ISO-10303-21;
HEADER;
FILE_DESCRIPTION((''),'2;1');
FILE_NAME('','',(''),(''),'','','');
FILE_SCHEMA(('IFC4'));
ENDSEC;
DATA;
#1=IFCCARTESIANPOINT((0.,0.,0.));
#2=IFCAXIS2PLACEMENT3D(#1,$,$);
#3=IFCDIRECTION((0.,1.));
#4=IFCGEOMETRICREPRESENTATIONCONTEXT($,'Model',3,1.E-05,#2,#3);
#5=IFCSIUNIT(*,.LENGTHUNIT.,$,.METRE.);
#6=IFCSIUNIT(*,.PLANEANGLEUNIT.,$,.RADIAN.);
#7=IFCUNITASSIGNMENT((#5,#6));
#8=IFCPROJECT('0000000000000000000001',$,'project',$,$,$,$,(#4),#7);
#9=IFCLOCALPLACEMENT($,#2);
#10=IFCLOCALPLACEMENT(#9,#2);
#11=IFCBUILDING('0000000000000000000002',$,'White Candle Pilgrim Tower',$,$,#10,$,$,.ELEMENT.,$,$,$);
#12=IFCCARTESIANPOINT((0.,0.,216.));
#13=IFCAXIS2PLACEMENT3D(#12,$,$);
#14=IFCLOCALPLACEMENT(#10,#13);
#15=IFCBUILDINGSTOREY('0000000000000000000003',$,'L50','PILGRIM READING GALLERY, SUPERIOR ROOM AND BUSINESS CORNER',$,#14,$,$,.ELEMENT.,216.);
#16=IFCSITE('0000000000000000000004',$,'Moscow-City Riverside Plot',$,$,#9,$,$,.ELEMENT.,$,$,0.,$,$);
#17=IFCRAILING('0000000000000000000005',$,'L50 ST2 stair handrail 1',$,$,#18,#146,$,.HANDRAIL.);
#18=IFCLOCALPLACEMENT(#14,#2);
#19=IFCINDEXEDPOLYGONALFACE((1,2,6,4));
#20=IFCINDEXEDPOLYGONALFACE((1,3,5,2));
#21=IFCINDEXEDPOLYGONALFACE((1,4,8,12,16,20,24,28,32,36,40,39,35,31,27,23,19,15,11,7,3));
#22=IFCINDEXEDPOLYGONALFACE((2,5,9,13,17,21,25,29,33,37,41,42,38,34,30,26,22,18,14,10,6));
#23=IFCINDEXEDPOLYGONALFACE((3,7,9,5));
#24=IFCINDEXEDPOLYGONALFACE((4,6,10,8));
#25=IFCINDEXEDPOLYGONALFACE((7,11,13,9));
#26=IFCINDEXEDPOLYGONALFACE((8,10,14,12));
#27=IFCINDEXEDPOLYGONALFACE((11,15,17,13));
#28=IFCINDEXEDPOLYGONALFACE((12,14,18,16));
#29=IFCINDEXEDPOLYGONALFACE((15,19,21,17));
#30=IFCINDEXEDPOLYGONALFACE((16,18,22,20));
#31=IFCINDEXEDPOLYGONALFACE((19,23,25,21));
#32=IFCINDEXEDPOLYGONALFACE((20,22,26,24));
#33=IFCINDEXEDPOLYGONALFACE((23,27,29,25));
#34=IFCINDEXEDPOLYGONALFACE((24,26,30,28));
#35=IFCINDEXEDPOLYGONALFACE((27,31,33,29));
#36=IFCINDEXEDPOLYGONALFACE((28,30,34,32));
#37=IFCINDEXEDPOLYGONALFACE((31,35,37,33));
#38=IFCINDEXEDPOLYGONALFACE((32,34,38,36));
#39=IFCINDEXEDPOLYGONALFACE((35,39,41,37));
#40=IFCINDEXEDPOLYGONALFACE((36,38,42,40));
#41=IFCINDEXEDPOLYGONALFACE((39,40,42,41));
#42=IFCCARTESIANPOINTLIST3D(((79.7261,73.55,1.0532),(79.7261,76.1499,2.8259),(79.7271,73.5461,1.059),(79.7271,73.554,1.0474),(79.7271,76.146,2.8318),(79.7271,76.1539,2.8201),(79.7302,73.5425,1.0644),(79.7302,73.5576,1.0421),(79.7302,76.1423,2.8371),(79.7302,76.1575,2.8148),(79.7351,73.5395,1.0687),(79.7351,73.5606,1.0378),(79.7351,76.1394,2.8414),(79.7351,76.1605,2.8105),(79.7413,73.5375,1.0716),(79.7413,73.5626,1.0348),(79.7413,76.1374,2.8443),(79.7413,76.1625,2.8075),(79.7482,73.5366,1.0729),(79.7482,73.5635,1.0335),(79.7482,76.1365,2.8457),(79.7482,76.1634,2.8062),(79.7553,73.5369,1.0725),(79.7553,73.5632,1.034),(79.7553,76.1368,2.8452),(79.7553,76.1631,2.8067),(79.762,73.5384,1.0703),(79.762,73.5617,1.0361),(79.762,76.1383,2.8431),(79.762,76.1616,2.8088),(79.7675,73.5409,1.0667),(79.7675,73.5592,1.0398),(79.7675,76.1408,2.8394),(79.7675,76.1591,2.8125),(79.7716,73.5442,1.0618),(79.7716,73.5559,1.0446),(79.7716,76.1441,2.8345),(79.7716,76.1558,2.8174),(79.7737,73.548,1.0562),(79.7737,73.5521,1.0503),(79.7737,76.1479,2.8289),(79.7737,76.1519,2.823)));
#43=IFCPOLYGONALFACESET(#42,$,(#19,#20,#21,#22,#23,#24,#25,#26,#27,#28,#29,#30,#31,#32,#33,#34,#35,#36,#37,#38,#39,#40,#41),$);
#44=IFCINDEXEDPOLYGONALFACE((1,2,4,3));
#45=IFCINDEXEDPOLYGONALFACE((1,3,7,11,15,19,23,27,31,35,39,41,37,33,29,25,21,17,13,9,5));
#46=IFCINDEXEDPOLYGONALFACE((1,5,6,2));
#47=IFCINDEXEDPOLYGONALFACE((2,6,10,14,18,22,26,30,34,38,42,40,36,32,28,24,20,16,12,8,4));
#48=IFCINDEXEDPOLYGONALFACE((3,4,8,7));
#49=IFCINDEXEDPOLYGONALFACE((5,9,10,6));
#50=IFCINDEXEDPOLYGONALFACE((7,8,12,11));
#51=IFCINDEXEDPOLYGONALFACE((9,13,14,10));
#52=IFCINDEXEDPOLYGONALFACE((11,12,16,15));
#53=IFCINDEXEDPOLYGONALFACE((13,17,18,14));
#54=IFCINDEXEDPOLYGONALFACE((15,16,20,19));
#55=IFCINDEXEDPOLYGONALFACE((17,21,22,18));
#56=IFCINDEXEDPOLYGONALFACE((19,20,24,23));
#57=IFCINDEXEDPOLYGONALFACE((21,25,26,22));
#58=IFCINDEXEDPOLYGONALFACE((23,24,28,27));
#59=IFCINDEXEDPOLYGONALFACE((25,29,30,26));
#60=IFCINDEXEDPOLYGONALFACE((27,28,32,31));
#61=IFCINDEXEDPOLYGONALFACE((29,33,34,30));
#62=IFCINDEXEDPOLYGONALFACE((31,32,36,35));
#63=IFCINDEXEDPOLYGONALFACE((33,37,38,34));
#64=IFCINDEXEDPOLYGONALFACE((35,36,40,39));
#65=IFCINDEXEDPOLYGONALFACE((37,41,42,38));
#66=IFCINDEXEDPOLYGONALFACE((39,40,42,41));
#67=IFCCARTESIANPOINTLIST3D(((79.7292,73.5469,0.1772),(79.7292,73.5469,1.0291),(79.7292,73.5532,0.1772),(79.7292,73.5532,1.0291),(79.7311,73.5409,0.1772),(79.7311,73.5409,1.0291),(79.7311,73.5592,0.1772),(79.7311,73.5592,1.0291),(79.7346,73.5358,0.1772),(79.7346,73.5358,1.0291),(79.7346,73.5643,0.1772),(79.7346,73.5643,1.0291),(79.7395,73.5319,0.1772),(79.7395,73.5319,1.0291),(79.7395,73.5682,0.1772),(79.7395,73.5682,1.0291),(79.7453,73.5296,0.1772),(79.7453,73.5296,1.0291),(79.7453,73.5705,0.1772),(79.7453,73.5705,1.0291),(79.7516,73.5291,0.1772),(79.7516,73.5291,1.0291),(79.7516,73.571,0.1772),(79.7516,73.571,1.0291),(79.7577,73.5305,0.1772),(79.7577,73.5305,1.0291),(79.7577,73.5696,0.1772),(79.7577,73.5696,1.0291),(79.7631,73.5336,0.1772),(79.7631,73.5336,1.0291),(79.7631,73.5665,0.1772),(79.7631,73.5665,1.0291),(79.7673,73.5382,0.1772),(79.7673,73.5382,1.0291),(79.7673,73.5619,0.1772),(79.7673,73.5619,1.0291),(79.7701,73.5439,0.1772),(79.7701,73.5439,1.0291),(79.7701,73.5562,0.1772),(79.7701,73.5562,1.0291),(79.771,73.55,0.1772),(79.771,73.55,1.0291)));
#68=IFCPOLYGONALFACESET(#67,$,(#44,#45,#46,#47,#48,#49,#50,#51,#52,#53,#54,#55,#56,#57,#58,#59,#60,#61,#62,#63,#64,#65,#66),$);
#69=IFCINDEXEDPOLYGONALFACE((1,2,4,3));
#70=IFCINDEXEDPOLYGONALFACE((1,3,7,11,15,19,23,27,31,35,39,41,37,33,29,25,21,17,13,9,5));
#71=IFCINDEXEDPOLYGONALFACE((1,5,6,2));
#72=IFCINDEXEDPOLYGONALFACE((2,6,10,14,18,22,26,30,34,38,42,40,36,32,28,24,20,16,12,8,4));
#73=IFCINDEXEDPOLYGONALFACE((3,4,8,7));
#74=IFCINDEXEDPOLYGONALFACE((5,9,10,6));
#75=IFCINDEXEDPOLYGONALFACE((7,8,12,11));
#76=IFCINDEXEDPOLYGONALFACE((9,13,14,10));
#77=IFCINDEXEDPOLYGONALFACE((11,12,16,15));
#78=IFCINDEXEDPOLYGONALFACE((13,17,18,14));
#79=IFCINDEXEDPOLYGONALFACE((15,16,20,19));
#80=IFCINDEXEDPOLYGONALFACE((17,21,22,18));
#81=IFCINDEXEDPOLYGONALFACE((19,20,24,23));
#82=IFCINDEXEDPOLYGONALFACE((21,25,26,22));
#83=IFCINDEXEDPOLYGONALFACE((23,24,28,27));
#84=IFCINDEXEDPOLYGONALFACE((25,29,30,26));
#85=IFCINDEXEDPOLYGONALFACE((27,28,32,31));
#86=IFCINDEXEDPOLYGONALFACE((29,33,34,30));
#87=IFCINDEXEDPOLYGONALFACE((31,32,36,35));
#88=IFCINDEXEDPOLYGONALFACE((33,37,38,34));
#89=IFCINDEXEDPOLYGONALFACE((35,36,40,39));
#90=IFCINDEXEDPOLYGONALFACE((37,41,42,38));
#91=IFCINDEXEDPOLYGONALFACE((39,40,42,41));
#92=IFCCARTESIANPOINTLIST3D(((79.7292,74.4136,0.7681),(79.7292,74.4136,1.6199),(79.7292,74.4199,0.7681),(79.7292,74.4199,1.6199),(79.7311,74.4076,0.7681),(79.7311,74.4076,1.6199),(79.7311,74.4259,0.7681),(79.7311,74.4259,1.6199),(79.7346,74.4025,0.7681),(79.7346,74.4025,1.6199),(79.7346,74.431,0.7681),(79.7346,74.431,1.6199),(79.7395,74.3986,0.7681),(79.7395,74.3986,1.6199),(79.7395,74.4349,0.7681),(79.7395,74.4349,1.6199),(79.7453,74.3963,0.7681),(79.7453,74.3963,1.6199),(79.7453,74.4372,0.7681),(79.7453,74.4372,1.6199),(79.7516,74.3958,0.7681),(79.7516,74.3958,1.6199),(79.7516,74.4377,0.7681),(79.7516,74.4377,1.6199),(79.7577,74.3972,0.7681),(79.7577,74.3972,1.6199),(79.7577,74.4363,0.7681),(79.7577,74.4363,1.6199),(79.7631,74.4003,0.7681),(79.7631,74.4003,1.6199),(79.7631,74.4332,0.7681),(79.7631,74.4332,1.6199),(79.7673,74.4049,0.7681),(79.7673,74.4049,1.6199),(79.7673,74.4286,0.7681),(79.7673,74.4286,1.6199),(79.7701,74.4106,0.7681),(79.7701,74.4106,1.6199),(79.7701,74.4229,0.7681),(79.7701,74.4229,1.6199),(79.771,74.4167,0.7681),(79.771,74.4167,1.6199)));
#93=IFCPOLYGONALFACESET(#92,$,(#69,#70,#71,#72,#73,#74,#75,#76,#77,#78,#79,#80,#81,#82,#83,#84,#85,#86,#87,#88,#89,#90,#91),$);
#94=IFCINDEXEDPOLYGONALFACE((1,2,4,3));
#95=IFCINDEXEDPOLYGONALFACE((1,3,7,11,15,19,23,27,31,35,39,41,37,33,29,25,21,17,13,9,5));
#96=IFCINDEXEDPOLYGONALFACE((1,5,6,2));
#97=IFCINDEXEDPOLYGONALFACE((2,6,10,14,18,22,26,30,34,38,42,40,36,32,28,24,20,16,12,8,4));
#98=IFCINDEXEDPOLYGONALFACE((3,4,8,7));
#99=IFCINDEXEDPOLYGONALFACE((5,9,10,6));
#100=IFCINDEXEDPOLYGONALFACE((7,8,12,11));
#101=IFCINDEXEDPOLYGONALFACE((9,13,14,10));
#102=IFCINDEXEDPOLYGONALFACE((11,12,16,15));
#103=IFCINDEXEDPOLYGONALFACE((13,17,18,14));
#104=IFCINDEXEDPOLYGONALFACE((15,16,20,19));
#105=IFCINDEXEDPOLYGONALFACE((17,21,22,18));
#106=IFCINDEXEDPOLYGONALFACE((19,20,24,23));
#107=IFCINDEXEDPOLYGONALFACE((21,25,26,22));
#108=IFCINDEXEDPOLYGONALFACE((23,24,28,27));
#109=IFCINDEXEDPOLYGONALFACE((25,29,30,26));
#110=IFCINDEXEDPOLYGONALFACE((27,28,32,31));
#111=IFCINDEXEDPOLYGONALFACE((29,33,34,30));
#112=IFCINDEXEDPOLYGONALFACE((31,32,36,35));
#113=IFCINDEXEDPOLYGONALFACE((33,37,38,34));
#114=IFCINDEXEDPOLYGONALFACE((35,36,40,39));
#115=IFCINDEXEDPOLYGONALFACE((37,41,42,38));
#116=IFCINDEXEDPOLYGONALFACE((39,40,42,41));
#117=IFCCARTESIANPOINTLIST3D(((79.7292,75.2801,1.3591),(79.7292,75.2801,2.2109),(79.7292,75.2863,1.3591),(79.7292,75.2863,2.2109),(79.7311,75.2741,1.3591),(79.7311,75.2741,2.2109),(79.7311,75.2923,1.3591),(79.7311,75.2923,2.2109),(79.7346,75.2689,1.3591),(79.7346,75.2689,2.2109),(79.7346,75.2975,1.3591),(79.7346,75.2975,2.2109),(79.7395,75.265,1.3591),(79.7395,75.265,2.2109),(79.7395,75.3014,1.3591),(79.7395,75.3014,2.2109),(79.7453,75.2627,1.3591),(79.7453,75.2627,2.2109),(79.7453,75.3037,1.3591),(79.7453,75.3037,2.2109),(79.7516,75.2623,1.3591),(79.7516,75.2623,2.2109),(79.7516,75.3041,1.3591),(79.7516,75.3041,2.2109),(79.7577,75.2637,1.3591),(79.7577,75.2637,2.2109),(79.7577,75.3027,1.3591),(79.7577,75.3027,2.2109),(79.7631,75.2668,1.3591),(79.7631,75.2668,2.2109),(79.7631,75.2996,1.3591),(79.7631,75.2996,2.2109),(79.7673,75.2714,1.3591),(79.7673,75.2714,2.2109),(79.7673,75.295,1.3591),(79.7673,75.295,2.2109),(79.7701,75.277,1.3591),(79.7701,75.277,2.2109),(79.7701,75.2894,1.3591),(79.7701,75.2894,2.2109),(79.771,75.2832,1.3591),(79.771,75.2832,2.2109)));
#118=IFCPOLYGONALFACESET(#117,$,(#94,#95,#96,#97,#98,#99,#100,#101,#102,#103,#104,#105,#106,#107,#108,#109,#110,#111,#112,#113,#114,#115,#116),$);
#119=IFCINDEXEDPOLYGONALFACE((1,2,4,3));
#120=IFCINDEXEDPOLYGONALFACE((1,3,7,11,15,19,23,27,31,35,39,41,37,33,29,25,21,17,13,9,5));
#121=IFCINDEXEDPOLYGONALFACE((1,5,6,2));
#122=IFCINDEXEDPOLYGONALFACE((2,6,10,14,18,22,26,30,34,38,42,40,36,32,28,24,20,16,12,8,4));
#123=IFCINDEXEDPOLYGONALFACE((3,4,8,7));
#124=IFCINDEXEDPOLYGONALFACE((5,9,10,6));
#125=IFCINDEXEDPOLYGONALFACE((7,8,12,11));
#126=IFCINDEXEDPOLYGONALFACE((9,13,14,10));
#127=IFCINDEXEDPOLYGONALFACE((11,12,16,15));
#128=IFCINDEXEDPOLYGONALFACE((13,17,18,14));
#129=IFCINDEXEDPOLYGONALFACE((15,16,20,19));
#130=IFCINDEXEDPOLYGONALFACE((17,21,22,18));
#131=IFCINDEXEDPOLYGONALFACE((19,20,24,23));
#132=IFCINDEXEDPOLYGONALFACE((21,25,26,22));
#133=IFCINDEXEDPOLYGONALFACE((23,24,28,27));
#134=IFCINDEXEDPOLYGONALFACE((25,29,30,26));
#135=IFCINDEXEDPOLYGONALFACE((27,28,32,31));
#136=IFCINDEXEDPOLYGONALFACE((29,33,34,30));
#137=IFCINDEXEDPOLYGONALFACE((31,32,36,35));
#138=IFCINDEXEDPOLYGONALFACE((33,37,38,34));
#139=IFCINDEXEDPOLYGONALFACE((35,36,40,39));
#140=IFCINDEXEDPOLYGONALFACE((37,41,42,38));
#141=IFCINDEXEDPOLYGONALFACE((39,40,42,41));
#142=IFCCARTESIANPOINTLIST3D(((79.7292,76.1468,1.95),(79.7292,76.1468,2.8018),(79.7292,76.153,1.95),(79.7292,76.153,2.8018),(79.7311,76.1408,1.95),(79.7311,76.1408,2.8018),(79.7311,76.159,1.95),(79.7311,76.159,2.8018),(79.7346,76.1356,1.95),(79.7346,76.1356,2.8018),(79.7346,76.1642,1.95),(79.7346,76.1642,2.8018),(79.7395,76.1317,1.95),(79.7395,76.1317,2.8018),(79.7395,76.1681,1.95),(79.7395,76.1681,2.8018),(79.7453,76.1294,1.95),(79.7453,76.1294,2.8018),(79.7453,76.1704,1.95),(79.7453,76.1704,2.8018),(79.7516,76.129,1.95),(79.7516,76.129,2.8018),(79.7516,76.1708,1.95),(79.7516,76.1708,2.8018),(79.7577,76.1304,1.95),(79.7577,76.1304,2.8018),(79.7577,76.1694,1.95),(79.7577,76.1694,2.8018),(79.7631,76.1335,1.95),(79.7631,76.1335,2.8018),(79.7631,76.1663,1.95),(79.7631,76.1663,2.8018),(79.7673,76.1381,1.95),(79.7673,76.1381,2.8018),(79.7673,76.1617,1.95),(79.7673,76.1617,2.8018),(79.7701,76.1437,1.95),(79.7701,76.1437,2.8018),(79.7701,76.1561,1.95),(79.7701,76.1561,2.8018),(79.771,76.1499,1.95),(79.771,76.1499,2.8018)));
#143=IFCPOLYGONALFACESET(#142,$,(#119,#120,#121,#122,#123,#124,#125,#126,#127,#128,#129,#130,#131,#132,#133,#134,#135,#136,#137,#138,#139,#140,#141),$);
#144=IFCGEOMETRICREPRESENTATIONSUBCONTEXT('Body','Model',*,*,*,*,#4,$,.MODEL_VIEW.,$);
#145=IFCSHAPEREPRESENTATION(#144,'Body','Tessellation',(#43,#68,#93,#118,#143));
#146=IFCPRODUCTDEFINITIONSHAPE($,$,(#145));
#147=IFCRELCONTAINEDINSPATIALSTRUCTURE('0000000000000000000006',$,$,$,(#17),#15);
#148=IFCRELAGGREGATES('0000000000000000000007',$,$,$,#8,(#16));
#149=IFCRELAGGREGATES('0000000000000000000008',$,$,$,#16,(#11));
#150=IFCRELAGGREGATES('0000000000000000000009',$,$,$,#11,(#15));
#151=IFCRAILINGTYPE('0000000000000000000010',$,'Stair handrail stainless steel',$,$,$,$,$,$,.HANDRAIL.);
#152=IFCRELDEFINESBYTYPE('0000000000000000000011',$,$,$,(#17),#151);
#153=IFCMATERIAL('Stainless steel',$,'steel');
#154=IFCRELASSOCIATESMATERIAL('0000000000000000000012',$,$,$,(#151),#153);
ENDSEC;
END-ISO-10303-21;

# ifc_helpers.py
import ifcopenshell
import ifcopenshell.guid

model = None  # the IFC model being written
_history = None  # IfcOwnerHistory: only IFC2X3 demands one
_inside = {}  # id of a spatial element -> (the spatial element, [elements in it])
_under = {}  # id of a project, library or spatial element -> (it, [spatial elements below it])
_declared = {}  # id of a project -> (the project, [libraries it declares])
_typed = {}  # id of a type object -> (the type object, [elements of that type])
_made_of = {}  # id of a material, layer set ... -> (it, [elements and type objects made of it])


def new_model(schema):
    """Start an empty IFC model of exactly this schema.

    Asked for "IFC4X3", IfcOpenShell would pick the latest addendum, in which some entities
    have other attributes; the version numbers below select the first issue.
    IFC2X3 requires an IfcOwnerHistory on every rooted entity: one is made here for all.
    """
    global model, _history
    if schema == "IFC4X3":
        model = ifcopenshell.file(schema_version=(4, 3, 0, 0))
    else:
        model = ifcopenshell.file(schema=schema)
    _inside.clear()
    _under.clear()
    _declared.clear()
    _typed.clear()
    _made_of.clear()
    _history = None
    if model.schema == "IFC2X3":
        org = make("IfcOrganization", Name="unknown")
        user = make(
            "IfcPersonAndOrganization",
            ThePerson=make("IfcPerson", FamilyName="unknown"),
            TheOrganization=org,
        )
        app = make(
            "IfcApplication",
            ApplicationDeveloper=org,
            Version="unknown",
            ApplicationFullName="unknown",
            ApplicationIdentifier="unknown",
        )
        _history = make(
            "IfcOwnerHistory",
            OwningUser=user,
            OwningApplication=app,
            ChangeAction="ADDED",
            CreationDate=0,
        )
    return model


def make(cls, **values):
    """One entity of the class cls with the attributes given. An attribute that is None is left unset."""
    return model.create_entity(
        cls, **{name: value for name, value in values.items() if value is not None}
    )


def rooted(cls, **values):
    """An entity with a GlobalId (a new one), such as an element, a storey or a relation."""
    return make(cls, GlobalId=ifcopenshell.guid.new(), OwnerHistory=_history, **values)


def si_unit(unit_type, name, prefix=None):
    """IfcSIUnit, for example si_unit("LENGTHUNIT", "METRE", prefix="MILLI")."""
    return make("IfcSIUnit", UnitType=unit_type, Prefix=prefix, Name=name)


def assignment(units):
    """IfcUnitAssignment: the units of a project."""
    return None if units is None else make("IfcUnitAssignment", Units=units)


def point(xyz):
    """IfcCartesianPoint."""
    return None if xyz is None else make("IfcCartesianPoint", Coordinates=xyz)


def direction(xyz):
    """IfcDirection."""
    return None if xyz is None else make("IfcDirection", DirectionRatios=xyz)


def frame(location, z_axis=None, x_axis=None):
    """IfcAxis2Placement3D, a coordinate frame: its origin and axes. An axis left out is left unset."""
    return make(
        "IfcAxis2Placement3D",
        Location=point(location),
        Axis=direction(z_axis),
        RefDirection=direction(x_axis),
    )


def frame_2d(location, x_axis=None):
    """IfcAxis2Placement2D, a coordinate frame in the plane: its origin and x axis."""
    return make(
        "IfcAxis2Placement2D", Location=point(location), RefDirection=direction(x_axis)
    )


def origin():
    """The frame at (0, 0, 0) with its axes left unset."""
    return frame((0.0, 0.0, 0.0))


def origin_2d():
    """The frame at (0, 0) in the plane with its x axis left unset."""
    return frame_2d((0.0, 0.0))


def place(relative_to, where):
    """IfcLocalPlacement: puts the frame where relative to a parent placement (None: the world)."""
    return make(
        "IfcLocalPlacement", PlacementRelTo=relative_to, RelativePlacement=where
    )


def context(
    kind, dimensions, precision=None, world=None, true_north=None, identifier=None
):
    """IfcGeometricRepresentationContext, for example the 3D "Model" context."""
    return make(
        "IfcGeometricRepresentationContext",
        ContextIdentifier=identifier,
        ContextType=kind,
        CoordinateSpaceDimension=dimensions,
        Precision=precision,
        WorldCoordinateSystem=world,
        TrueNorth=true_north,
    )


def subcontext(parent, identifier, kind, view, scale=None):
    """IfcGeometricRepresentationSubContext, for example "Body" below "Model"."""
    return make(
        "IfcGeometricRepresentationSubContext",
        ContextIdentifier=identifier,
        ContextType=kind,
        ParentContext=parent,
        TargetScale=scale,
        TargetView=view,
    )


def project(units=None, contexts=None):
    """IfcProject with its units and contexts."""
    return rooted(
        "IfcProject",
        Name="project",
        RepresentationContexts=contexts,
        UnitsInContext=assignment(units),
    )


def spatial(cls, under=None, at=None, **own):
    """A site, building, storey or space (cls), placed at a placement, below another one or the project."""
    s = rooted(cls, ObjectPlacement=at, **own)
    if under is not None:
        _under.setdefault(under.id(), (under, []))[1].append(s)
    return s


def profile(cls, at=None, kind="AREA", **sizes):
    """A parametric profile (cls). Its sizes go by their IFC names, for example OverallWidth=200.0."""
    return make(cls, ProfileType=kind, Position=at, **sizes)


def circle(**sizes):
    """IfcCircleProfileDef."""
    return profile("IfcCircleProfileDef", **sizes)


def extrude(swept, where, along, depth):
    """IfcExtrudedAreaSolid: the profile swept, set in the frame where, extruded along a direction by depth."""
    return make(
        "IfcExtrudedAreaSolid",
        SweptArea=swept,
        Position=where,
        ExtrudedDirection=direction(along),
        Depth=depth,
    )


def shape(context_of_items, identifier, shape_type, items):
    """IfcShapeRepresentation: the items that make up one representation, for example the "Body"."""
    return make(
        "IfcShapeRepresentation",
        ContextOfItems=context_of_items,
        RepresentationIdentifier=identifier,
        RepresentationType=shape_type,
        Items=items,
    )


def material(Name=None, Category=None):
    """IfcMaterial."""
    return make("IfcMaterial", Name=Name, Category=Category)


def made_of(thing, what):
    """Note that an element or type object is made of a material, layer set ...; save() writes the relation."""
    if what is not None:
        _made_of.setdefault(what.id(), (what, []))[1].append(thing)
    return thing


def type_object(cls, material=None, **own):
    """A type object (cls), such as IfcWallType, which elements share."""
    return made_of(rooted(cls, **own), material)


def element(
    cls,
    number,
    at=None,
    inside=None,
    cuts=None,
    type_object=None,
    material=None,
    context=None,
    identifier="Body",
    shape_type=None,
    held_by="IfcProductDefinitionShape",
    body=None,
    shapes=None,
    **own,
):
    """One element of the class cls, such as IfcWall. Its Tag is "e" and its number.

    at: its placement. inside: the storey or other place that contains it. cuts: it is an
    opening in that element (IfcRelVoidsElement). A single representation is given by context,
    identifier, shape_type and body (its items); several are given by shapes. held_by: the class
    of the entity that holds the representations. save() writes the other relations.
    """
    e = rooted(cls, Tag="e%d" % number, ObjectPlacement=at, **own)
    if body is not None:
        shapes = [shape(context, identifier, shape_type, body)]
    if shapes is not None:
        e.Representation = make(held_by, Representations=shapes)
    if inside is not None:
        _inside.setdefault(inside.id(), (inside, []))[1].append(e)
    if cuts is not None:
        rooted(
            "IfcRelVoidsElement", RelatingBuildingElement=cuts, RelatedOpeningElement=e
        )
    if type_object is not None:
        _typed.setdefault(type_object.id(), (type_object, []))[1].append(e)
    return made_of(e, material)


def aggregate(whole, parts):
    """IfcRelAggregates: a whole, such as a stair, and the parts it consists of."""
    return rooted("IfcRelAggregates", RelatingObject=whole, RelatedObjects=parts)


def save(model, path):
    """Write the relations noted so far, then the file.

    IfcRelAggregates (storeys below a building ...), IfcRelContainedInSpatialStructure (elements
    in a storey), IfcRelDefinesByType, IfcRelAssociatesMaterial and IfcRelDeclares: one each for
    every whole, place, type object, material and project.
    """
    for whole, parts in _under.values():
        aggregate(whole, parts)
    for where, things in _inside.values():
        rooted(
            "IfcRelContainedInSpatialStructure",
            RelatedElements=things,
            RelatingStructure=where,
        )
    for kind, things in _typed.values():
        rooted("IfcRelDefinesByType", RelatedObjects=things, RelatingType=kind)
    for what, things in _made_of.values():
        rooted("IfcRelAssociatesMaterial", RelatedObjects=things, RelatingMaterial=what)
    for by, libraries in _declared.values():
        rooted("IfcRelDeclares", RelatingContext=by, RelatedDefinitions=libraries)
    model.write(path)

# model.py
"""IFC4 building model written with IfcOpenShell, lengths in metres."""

from ifc_helpers import new_model, si_unit, direction, frame, origin, origin_2d, place, context, subcontext, project, spatial, circle, extrude, material, type_object, element, save


model = new_model("IFC4")

# Units and contexts
model_context = context("Model", 3, precision=1e-05, world=origin(), true_north=direction((0.0, 1.0)))
body_context = subcontext(model_context, "Body", "Model", "MODEL_VIEW")
ifc_project = project(units=[si_unit("LENGTHUNIT", "METRE"), si_unit("PLANEANGLEUNIT", "RADIAN")], contexts=[model_context])

# Site, building, storey
site_placement = place(None, origin())
site = spatial("IfcSite", under=ifc_project, at=site_placement, Name="Moscow-City Riverside Plot", CompositionType="ELEMENT", RefElevation=0.0)
building_placement = place(site_placement, origin())
building = spatial("IfcBuilding", under=site, at=building_placement, Name="White Candle Pilgrim Tower", CompositionType="ELEMENT")
storey_placement = place(building_placement, frame((0.0, 0.0, 216.0)))
storey = spatial("IfcBuildingStorey", under=building, at=storey_placement, Name="L50", Description="PILGRIM READING GALLERY, SUPERIOR ROOM AND BUSINESS CORNER", CompositionType="ELEMENT", Elevation=216.0)

# Railing
ifc_material_1 = material(Name="Stainless steel", Category="steel")
railing_type_1 = type_object("IfcRailingType", Name="Stair handrail stainless steel", PredefinedType="HANDRAIL", material=ifc_material_1)
railing_1_placement = place(storey_placement, frame((79.75, 73.55, 0.1772)))
element("IfcRailing", 1, at=railing_1_placement, inside=storey, type_object=railing_type_1, Name="L50 ST2 stair handrail 1", PredefinedType="HANDRAIL", context=body_context, shape_type="SweptSolid", body=[
    extrude(circle(Radius=0.0239, at=origin_2d()), frame((0.0, 0.0, 0.876), z_axis=(0.0, 0.826216, 0.563354), x_axis=(-1.0, 0.0, 0.0)), (0.0, 0.0, 1.0), 3.1467),
    extrude(circle(Radius=0.021, at=origin_2d()), origin(), (0.0, 0.0, 1.0), 0.8518),
    extrude(circle(Radius=0.021, at=origin_2d()), frame((0.0, 0.8667, 0.5908)), (0.0, 0.0, 1.0), 0.8518),
    extrude(circle(Radius=0.021, at=origin_2d()), frame((0.0, 1.7332, 1.1819)), (0.0, 0.0, 1.0), 0.8518),
    extrude(circle(Radius=0.021, at=origin_2d()), frame((0.0, 2.5999, 1.7727)), (0.0, 0.0, 1.0), 0.8518),
])

save(model, "model.ifc")
